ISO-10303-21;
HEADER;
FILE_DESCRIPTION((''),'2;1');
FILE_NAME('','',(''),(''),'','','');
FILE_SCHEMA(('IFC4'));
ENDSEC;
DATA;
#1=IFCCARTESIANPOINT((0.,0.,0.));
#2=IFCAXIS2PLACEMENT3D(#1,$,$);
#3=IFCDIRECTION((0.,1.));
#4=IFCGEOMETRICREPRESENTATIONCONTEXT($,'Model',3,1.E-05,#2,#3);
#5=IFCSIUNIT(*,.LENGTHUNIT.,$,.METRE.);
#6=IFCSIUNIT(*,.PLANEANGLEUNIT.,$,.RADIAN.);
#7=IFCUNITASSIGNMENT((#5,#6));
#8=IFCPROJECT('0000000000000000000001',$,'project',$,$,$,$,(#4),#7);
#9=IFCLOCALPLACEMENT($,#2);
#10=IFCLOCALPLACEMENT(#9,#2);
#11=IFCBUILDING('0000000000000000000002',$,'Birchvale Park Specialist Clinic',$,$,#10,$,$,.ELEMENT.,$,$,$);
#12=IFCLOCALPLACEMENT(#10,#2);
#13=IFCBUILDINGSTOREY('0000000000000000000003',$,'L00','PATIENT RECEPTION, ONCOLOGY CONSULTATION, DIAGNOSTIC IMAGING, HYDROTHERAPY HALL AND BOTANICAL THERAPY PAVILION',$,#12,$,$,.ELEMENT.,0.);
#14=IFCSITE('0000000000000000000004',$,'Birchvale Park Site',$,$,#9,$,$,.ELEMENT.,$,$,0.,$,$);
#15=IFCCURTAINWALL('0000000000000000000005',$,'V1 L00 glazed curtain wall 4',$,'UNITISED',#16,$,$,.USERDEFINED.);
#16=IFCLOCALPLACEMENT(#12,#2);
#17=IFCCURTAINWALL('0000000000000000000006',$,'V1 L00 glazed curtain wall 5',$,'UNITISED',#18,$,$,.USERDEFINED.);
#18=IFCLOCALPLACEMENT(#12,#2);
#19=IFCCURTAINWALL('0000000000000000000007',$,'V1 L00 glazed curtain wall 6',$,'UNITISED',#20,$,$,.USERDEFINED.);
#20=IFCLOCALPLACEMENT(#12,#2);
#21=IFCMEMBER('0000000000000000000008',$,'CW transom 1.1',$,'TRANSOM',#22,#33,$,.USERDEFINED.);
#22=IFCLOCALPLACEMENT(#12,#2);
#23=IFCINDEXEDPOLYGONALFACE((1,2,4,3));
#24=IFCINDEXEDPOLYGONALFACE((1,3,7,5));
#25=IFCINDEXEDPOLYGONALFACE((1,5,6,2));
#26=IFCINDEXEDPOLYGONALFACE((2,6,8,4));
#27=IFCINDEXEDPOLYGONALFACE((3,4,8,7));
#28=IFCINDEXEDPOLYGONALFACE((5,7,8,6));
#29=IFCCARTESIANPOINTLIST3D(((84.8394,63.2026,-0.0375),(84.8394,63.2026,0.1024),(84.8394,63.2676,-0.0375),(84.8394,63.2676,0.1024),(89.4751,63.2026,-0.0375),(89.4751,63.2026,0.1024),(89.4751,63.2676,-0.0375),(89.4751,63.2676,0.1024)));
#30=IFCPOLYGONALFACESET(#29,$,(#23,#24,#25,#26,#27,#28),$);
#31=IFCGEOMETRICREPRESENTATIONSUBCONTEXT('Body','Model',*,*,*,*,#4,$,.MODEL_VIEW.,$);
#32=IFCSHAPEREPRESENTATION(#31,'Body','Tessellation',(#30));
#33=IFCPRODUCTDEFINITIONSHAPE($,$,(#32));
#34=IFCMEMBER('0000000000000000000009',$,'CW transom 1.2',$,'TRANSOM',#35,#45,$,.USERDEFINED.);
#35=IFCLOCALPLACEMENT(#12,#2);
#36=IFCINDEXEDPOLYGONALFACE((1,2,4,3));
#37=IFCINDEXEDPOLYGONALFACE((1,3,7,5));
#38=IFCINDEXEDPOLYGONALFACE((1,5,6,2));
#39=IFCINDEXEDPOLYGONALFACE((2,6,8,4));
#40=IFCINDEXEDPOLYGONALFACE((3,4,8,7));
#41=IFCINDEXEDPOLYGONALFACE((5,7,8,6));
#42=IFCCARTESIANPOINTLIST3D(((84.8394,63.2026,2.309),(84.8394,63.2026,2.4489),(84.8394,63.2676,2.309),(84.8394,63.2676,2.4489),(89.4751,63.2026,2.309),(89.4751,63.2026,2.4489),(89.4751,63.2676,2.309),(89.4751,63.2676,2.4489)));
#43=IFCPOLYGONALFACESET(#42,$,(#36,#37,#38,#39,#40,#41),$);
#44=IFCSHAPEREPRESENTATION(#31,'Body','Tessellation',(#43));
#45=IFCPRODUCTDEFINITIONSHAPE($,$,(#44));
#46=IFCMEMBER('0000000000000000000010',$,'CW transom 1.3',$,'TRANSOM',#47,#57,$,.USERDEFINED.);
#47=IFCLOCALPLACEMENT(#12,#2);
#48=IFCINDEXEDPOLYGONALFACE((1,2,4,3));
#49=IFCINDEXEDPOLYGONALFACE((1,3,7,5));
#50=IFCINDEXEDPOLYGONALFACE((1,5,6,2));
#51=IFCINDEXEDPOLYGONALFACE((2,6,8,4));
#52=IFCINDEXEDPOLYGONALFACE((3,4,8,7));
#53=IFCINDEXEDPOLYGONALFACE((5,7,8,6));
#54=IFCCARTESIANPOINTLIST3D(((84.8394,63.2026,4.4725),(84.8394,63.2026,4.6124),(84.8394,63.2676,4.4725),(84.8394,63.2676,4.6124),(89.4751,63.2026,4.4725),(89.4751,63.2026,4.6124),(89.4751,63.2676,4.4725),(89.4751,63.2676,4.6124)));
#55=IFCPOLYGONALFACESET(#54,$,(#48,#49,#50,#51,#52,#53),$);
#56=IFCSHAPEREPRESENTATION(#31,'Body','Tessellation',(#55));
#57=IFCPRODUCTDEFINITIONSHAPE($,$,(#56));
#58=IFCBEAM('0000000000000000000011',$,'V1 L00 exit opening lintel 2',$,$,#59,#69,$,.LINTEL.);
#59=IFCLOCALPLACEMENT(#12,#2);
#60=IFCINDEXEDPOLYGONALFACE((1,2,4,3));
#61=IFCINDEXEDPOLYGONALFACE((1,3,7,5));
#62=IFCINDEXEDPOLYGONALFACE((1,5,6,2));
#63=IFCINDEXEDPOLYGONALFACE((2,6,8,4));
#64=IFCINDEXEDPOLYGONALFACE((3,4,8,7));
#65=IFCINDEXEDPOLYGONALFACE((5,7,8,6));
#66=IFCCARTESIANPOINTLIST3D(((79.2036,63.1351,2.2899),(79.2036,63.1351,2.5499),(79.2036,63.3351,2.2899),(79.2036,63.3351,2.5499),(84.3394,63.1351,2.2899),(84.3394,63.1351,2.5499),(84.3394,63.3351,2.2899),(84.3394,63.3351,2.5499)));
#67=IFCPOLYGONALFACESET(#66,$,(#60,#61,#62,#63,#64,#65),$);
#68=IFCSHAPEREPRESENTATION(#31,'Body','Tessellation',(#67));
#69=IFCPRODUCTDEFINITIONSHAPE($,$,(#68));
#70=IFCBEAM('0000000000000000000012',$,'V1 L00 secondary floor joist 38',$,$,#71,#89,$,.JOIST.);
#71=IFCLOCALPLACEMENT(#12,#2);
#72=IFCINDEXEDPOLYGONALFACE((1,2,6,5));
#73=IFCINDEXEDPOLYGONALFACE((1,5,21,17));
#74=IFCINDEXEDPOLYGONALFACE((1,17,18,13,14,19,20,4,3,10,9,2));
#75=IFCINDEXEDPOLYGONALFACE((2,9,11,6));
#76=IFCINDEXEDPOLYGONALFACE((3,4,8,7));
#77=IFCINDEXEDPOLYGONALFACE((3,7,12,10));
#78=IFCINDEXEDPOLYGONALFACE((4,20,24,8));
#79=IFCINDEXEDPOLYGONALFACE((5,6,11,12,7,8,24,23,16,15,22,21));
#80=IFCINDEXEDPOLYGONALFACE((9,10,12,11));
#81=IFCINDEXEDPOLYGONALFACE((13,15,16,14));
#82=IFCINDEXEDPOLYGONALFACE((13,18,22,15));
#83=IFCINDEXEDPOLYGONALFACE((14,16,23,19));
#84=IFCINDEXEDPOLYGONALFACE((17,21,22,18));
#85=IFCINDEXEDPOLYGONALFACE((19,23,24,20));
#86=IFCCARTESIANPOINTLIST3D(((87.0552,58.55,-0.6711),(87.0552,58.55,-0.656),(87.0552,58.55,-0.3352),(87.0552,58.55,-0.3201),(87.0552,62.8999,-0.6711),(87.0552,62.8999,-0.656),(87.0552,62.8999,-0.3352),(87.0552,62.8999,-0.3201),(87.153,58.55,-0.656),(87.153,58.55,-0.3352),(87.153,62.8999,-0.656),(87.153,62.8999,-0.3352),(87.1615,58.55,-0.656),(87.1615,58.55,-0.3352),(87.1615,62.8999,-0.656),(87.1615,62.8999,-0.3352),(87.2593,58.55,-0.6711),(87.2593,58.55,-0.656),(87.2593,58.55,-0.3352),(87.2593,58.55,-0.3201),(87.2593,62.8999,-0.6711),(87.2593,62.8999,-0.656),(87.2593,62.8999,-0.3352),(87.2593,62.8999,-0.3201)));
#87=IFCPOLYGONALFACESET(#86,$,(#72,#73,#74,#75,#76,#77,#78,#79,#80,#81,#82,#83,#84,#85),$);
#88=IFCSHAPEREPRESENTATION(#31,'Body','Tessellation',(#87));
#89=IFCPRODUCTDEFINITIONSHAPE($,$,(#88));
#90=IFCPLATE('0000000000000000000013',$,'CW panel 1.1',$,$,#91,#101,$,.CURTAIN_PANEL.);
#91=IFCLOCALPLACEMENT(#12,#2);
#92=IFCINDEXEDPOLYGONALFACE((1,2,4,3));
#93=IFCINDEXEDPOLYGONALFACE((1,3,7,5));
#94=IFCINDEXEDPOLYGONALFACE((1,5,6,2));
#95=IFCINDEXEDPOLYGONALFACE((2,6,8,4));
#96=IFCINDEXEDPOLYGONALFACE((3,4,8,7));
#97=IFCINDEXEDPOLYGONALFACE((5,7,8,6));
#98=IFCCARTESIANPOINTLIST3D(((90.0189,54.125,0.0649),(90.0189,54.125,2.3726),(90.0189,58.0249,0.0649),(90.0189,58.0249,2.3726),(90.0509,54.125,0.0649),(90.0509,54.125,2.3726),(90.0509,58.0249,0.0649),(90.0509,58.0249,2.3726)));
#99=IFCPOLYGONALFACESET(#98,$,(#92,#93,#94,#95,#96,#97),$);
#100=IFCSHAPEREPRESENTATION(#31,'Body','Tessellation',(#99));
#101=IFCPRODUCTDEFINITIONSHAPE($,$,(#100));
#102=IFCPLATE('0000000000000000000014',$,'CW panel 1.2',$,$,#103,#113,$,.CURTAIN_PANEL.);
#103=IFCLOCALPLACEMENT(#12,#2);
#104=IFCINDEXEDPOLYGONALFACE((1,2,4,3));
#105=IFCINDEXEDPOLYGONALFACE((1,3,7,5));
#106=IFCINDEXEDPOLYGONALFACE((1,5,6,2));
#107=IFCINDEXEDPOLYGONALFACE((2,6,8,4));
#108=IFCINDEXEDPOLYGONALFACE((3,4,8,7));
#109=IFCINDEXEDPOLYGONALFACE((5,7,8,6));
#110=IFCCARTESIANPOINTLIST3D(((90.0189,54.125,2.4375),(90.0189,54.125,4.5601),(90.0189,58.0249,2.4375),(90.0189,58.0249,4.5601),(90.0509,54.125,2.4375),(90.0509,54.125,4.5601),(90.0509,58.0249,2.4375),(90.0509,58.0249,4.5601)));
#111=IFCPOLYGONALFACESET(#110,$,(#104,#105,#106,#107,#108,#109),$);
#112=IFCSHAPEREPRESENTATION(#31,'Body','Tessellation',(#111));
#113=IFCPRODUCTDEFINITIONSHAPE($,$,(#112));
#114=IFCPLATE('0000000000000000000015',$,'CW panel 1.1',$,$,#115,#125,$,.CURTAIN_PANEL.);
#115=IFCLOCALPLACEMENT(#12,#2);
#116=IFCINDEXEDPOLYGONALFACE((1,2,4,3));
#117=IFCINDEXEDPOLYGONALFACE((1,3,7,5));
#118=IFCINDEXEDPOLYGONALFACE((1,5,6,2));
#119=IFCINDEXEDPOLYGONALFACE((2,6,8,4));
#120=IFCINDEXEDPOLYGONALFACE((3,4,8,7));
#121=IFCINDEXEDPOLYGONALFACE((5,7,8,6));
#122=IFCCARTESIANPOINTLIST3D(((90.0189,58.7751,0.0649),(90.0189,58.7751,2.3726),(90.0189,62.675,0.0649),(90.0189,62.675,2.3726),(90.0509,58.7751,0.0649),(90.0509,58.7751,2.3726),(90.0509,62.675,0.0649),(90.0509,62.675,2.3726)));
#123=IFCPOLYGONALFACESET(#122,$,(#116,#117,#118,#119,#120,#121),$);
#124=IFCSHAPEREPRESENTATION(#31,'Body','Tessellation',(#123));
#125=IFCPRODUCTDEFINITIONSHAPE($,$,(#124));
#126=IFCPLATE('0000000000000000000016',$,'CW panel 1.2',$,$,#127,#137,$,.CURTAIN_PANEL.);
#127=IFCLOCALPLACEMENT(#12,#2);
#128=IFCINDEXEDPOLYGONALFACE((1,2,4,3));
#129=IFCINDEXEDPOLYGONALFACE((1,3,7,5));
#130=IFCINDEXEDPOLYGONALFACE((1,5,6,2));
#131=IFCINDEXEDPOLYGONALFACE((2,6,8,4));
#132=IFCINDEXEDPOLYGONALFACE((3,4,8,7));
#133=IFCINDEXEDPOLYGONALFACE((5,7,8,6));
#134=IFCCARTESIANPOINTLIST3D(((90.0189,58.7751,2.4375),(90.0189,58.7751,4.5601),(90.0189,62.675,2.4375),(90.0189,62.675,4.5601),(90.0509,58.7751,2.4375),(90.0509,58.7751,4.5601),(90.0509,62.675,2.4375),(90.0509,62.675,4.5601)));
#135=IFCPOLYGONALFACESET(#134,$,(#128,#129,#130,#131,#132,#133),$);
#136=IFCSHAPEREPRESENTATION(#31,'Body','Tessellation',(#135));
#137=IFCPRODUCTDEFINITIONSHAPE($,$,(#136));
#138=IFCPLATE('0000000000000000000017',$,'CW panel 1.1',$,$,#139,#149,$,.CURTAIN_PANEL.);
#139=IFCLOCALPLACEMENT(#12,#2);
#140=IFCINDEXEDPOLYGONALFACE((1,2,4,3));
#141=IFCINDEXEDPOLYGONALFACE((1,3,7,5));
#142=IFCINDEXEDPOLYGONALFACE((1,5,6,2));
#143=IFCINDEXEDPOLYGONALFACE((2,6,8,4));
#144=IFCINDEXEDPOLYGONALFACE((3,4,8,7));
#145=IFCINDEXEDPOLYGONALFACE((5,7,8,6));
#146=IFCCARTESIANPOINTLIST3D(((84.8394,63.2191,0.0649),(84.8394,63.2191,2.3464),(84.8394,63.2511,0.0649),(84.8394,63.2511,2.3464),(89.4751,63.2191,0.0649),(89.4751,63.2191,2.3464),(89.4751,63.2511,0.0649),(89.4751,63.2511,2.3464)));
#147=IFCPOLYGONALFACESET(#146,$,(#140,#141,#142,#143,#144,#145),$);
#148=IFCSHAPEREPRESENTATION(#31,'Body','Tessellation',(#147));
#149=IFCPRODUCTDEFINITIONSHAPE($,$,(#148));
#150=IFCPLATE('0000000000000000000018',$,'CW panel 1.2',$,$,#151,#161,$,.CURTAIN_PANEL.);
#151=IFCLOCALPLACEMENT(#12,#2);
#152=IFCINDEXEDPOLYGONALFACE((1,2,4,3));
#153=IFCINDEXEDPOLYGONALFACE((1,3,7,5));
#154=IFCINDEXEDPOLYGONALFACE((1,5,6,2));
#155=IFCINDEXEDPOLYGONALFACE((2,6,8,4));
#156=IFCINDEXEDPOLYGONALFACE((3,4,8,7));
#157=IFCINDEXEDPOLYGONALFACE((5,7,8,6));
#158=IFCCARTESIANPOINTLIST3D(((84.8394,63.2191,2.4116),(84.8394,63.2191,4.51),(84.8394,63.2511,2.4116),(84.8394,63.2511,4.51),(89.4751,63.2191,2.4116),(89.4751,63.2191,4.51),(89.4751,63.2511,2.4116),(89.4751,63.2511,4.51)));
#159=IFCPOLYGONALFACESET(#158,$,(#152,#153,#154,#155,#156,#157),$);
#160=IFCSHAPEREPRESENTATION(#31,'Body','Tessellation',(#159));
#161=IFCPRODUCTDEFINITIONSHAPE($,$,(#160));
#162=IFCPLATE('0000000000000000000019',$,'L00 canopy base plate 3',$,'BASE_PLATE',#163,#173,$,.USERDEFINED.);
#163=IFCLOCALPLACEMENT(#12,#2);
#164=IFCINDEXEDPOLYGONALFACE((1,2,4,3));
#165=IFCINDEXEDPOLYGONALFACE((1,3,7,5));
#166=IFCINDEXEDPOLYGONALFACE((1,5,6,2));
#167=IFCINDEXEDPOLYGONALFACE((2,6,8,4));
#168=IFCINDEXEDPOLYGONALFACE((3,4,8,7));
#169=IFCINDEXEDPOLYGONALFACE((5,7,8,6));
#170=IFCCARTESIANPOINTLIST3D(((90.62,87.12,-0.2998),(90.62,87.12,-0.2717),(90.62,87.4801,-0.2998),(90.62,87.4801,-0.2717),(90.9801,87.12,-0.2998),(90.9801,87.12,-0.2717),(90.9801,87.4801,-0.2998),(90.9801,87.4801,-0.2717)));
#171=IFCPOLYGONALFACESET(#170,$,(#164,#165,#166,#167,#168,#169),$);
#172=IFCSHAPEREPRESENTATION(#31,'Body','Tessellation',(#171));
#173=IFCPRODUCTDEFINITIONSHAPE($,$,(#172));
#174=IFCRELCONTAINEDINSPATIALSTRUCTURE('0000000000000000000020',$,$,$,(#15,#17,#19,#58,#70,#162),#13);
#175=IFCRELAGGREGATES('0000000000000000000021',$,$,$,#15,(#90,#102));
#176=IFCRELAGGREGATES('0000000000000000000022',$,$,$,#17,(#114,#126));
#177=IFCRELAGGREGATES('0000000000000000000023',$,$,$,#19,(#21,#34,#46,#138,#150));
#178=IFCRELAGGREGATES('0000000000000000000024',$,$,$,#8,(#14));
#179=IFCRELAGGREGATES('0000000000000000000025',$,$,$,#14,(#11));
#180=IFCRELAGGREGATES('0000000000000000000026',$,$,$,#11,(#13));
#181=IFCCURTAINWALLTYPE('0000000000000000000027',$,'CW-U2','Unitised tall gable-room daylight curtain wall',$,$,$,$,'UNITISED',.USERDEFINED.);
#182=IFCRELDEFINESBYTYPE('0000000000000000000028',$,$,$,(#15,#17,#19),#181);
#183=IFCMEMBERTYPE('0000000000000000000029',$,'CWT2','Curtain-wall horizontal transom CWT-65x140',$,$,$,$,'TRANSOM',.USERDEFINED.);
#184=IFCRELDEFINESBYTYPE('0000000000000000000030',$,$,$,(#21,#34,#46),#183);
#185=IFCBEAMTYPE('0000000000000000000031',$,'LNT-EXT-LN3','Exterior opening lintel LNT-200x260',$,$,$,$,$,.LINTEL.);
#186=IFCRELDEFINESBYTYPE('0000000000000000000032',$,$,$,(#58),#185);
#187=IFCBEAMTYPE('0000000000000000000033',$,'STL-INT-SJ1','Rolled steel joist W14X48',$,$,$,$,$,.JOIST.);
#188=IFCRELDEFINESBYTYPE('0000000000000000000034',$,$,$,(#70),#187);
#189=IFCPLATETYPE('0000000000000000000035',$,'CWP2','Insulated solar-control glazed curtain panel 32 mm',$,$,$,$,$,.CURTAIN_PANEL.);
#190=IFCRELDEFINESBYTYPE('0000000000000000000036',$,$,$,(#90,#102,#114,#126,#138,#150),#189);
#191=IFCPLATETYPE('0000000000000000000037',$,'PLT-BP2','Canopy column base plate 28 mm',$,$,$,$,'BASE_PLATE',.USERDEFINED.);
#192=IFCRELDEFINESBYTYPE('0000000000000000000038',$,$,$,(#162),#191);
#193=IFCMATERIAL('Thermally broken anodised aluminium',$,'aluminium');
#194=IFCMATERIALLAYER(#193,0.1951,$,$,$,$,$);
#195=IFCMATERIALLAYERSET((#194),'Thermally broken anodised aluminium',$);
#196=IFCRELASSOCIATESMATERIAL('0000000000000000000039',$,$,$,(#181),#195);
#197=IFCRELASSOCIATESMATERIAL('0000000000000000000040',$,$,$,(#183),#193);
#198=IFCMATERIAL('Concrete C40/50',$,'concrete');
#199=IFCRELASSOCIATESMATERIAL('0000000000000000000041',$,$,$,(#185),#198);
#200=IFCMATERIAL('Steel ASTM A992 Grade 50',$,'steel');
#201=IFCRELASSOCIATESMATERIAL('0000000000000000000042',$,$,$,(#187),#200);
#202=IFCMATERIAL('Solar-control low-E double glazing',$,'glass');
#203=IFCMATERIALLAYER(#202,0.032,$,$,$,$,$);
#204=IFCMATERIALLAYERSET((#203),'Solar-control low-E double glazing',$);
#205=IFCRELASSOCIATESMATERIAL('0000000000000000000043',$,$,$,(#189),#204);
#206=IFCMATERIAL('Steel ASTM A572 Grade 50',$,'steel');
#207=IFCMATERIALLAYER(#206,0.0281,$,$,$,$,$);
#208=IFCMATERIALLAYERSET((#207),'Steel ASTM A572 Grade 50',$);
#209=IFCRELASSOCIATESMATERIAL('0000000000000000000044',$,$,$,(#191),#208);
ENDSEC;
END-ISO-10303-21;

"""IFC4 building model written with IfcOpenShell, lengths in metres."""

from ifc_helpers import new_model, si_unit, direction, frame, origin, origin_2d, place, context, subcontext, project, spatial, rectangle, i_section, extrude, material, layer, layer_set, material_profile, profile_set, type_object, element, aggregate, save


model = new_model("IFC4")

# Units and contexts
model_context = context("Model", 3, precision=1e-05, world=origin(), true_north=direction((0.0, 1.0)))
body_context = subcontext(model_context, "Body", "Model", "MODEL_VIEW")
ifc_project = project(units=[si_unit("LENGTHUNIT", "METRE"), si_unit("PLANEANGLEUNIT", "RADIAN")], contexts=[model_context])

# Site, building, storey
site_placement = place(None, origin())
site = spatial("IfcSite", under=ifc_project, at=site_placement, Name="Birchvale Park Site", CompositionType="ELEMENT", RefElevation=0.0)
building_placement = place(site_placement, origin())
building = spatial("IfcBuilding", under=site, at=building_placement, Name="Birchvale Park Specialist Clinic", CompositionType="ELEMENT")
storey_placement = place(building_placement, origin())
storey = spatial("IfcBuildingStorey", under=building, at=storey_placement, Name="L00", Description="PATIENT RECEPTION, ONCOLOGY CONSULTATION, DIAGNOSTIC IMAGING, HYDROTHERAPY HALL AND BOTANICAL THERAPY PAVILION", CompositionType="ELEMENT", Elevation=0.0)

# Shared definitions
ifc_material_1 = material(Name="Concrete C40/50", Category="concrete")

# Curtain walls
ifc_material_2 = material(Name="Thermally broken anodised aluminium", Category="aluminium")
ifc_layer_1 = layer(ifc_material_2, 0.1951)
ifc_layer_set_1 = layer_set([ifc_layer_1], Name="Thermally broken anodised aluminium")
curtain_wall_type = type_object("IfcCurtainWallType", Name="CW-U2", Description="Unitised tall gable-room daylight curtain wall", ElementType="UNITISED", PredefinedType="USERDEFINED", material=ifc_layer_set_1)
curtain_wall_1_placement = place(storey_placement, origin())
curtain_wall_1 = element("IfcCurtainWall", 1, at=curtain_wall_1_placement, inside=storey, type_object=curtain_wall_type, Name="V1 L00 glazed curtain wall 4", ObjectType="UNITISED", PredefinedType="USERDEFINED")
curtain_wall_2_placement = place(storey_placement, origin())
curtain_wall_2 = element("IfcCurtainWall", 2, at=curtain_wall_2_placement, inside=storey, type_object=curtain_wall_type, Name="V1 L00 glazed curtain wall 5", ObjectType="UNITISED", PredefinedType="USERDEFINED")
curtain_wall_3_placement = place(storey_placement, origin())
curtain_wall_3 = element("IfcCurtainWall", 3, at=curtain_wall_3_placement, inside=storey, type_object=curtain_wall_type, Name="V1 L00 glazed curtain wall 6", ObjectType="UNITISED", PredefinedType="USERDEFINED")

# Members
ifc_material_profile_1 = material_profile(ifc_material_2, rectangle(XDim=0.0649, YDim=0.1399, at=origin_2d()), Name="CWT-65x140")
ifc_profile_set_1 = profile_set([ifc_material_profile_1], Name="Thermally broken anodised aluminium")
member_type_1 = type_object("IfcMemberType", Name="CWT2", Description="Curtain-wall horizontal transom CWT-65x140", ElementType="TRANSOM", PredefinedType="USERDEFINED", material=ifc_profile_set_1)
member_1_placement = place(storey_placement, frame((89.4751, 63.2351, 0.0325), z_axis=(-1.0, 0.0, 0.0), x_axis=(0.0, -1.0, 0.0)))
member_1 = element("IfcMember", 4, at=member_1_placement, type_object=member_type_1, Name="CW transom 1.1", ObjectType="TRANSOM", PredefinedType="USERDEFINED", context=body_context, shape_type="SweptSolid", body=[
    extrude(rectangle(XDim=0.0649, YDim=0.1399, at=origin_2d()), origin(), (0.0, 0.0, 1.0), 4.6357),
])
member_2_placement = place(storey_placement, frame((89.4751, 63.2351, 2.3789), z_axis=(-1.0, 0.0, 0.0), x_axis=(0.0, -1.0, 0.0)))
member_2 = element("IfcMember", 5, at=member_2_placement, type_object=member_type_1, Name="CW transom 1.2", ObjectType="TRANSOM", PredefinedType="USERDEFINED", context=body_context, shape_type="SweptSolid", body=[
    extrude(rectangle(XDim=0.0649, YDim=0.1399, at=origin_2d()), origin(), (0.0, 0.0, 1.0), 4.6357),
])
member_3_placement = place(storey_placement, frame((89.4751, 63.2351, 4.5425), z_axis=(-1.0, 0.0, 0.0), x_axis=(0.0, -1.0, 0.0)))
member_3 = element("IfcMember", 6, at=member_3_placement, type_object=member_type_1, Name="CW transom 1.3", ObjectType="TRANSOM", PredefinedType="USERDEFINED", context=body_context, shape_type="SweptSolid", body=[
    extrude(rectangle(XDim=0.0649, YDim=0.1399, at=origin_2d()), origin(), (0.0, 0.0, 1.0), 4.6357),
])

# Beams
ifc_material_profile_2 = material_profile(ifc_material_1, rectangle(XDim=0.2, YDim=0.26, at=origin_2d()), Name="LNT-200x260")
ifc_profile_set_2 = profile_set([ifc_material_profile_2], Name="Concrete C40/50")
beam_type_1 = type_object("IfcBeamType", Name="LNT-EXT-LN3", Description="Exterior opening lintel LNT-200x260", PredefinedType="LINTEL", material=ifc_profile_set_2)
beam_1_placement = place(storey_placement, frame((84.3394, 63.2351, 2.4199), z_axis=(-1.0, 0.0, 0.0), x_axis=(0.0, -1.0, 0.0)))
element("IfcBeam", 7, at=beam_1_placement, inside=storey, type_object=beam_type_1, Name="V1 L00 exit opening lintel 2", PredefinedType="LINTEL", context=body_context, shape_type="SweptSolid", body=[
    extrude(rectangle(XDim=0.2, YDim=0.26, at=origin_2d()), origin(), (0.0, 0.0, 1.0), 5.1357),
])
ifc_material_3 = material(Name="Steel ASTM A992 Grade 50", Category="steel")
ifc_material_profile_3 = material_profile(ifc_material_3, i_section(OverallWidth=0.2041, OverallDepth=0.3511, WebThickness=0.0085, FlangeThickness=0.0151, at=origin_2d()), Name="W14X48")
ifc_profile_set_3 = profile_set([ifc_material_profile_3], Name="Steel ASTM A992 Grade 50")
beam_type_2 = type_object("IfcBeamType", Name="STL-INT-SJ1", Description="Rolled steel joist W14X48", PredefinedType="JOIST", material=ifc_profile_set_3)
beam_2_placement = place(storey_placement, frame((87.1572, 58.55, -0.4956), z_axis=(0.0, 1.0, 0.0), x_axis=(-1.0, 0.0, 0.0)))
element("IfcBeam", 8, at=beam_2_placement, inside=storey, type_object=beam_type_2, Name="V1 L00 secondary floor joist 38", PredefinedType="JOIST", context=body_context, shape_type="SweptSolid", body=[
    extrude(i_section(OverallWidth=0.2041, OverallDepth=0.3511, WebThickness=0.0085, FlangeThickness=0.0151, at=origin_2d()), origin(), (0.0, 0.0, 1.0), 4.3499),
])

# Plates
ifc_material_4 = material(Name="Solar-control low-E double glazing", Category="glass")
ifc_layer_2 = layer(ifc_material_4, 0.032)
ifc_layer_set_2 = layer_set([ifc_layer_2], Name="Solar-control low-E double glazing")
plate_type_1 = type_object("IfcPlateType", Name="CWP2", Description="Insulated solar-control glazed curtain panel 32 mm", PredefinedType="CURTAIN_PANEL", material=ifc_layer_set_2)
plate_1_placement = place(storey_placement, frame((90.0349, 56.075, 0.0649), z_axis=(0.0, 0.0, 1.0), x_axis=(0.0, 1.0, 0.0)))
plate_1 = element("IfcPlate", 9, at=plate_1_placement, type_object=plate_type_1, Name="CW panel 1.1", PredefinedType="CURTAIN_PANEL", context=body_context, shape_type="SweptSolid", body=[
    extrude(rectangle(XDim=3.8999, YDim=0.032, at=origin_2d()), origin(), (0.0, 0.0, 1.0), 2.3076),
])
plate_2_placement = place(storey_placement, frame((90.0349, 56.075, 2.4375), z_axis=(0.0, 0.0, 1.0), x_axis=(0.0, 1.0, 0.0)))
plate_2 = element("IfcPlate", 10, at=plate_2_placement, type_object=plate_type_1, Name="CW panel 1.2", PredefinedType="CURTAIN_PANEL", context=body_context, shape_type="SweptSolid", body=[
    extrude(rectangle(XDim=3.8999, YDim=0.032, at=origin_2d()), origin(), (0.0, 0.0, 1.0), 2.1226),
])
aggregate(curtain_wall_1, [plate_1, plate_2])
plate_3_placement = place(storey_placement, frame((90.0349, 60.7251, 0.0649), z_axis=(0.0, 0.0, 1.0), x_axis=(0.0, 1.0, 0.0)))
plate_3 = element("IfcPlate", 11, at=plate_3_placement, type_object=plate_type_1, Name="CW panel 1.1", PredefinedType="CURTAIN_PANEL", context=body_context, shape_type="SweptSolid", body=[
    extrude(rectangle(XDim=3.8999, YDim=0.032, at=origin_2d()), origin(), (0.0, 0.0, 1.0), 2.3076),
])
plate_4_placement = place(storey_placement, frame((90.0349, 60.7251, 2.4375), z_axis=(0.0, 0.0, 1.0), x_axis=(0.0, 1.0, 0.0)))
plate_4 = element("IfcPlate", 12, at=plate_4_placement, type_object=plate_type_1, Name="CW panel 1.2", PredefinedType="CURTAIN_PANEL", context=body_context, shape_type="SweptSolid", body=[
    extrude(rectangle(XDim=3.8999, YDim=0.032, at=origin_2d()), origin(), (0.0, 0.0, 1.0), 2.1226),
])
aggregate(curtain_wall_2, [plate_3, plate_4])
plate_5_placement = place(storey_placement, frame((87.1572, 63.2351, 0.0649), z_axis=(0.0, 0.0, 1.0), x_axis=(-1.0, 0.0, 0.0)))
plate_5 = element("IfcPlate", 13, at=plate_5_placement, type_object=plate_type_1, Name="CW panel 1.1", PredefinedType="CURTAIN_PANEL", context=body_context, shape_type="SweptSolid", body=[
    extrude(rectangle(XDim=4.6357, YDim=0.032, at=origin_2d()), origin(), (0.0, 0.0, 1.0), 2.2815),
])
plate_6_placement = place(storey_placement, frame((87.1572, 63.2351, 2.4116), z_axis=(0.0, 0.0, 1.0), x_axis=(-1.0, 0.0, 0.0)))
plate_6 = element("IfcPlate", 14, at=plate_6_placement, type_object=plate_type_1, Name="CW panel 1.2", PredefinedType="CURTAIN_PANEL", context=body_context, shape_type="SweptSolid", body=[
    extrude(rectangle(XDim=4.6357, YDim=0.032, at=origin_2d()), origin(), (0.0, 0.0, 1.0), 2.0984),
])
aggregate(curtain_wall_3, [member_1, member_2, member_3, plate_5, plate_6])
ifc_material_5 = material(Name="Steel ASTM A572 Grade 50", Category="steel")
ifc_layer_3 = layer(ifc_material_5, 0.0281)
ifc_layer_set_3 = layer_set([ifc_layer_3], Name="Steel ASTM A572 Grade 50")
plate_type_2 = type_object("IfcPlateType", Name="PLT-BP2", Description="Canopy column base plate 28 mm", ElementType="BASE_PLATE", PredefinedType="USERDEFINED", material=ifc_layer_set_3)
plate_7_placement = place(storey_placement, frame((90.8, 87.3, -0.2998), z_axis=(0.0, 0.0, 1.0), x_axis=(1.0, 0.0, 0.0)))
element("IfcPlate", 15, at=plate_7_placement, inside=storey, type_object=plate_type_2, Name="L00 canopy base plate 3", ObjectType="BASE_PLATE", PredefinedType="USERDEFINED", context=body_context, shape_type="SweptSolid", body=[
    extrude(rectangle(XDim=0.3601, YDim=0.3601, at=origin_2d()), origin(), (0.0, 0.0, 1.0), 0.0281),
])

save(model, "model.ifc")
